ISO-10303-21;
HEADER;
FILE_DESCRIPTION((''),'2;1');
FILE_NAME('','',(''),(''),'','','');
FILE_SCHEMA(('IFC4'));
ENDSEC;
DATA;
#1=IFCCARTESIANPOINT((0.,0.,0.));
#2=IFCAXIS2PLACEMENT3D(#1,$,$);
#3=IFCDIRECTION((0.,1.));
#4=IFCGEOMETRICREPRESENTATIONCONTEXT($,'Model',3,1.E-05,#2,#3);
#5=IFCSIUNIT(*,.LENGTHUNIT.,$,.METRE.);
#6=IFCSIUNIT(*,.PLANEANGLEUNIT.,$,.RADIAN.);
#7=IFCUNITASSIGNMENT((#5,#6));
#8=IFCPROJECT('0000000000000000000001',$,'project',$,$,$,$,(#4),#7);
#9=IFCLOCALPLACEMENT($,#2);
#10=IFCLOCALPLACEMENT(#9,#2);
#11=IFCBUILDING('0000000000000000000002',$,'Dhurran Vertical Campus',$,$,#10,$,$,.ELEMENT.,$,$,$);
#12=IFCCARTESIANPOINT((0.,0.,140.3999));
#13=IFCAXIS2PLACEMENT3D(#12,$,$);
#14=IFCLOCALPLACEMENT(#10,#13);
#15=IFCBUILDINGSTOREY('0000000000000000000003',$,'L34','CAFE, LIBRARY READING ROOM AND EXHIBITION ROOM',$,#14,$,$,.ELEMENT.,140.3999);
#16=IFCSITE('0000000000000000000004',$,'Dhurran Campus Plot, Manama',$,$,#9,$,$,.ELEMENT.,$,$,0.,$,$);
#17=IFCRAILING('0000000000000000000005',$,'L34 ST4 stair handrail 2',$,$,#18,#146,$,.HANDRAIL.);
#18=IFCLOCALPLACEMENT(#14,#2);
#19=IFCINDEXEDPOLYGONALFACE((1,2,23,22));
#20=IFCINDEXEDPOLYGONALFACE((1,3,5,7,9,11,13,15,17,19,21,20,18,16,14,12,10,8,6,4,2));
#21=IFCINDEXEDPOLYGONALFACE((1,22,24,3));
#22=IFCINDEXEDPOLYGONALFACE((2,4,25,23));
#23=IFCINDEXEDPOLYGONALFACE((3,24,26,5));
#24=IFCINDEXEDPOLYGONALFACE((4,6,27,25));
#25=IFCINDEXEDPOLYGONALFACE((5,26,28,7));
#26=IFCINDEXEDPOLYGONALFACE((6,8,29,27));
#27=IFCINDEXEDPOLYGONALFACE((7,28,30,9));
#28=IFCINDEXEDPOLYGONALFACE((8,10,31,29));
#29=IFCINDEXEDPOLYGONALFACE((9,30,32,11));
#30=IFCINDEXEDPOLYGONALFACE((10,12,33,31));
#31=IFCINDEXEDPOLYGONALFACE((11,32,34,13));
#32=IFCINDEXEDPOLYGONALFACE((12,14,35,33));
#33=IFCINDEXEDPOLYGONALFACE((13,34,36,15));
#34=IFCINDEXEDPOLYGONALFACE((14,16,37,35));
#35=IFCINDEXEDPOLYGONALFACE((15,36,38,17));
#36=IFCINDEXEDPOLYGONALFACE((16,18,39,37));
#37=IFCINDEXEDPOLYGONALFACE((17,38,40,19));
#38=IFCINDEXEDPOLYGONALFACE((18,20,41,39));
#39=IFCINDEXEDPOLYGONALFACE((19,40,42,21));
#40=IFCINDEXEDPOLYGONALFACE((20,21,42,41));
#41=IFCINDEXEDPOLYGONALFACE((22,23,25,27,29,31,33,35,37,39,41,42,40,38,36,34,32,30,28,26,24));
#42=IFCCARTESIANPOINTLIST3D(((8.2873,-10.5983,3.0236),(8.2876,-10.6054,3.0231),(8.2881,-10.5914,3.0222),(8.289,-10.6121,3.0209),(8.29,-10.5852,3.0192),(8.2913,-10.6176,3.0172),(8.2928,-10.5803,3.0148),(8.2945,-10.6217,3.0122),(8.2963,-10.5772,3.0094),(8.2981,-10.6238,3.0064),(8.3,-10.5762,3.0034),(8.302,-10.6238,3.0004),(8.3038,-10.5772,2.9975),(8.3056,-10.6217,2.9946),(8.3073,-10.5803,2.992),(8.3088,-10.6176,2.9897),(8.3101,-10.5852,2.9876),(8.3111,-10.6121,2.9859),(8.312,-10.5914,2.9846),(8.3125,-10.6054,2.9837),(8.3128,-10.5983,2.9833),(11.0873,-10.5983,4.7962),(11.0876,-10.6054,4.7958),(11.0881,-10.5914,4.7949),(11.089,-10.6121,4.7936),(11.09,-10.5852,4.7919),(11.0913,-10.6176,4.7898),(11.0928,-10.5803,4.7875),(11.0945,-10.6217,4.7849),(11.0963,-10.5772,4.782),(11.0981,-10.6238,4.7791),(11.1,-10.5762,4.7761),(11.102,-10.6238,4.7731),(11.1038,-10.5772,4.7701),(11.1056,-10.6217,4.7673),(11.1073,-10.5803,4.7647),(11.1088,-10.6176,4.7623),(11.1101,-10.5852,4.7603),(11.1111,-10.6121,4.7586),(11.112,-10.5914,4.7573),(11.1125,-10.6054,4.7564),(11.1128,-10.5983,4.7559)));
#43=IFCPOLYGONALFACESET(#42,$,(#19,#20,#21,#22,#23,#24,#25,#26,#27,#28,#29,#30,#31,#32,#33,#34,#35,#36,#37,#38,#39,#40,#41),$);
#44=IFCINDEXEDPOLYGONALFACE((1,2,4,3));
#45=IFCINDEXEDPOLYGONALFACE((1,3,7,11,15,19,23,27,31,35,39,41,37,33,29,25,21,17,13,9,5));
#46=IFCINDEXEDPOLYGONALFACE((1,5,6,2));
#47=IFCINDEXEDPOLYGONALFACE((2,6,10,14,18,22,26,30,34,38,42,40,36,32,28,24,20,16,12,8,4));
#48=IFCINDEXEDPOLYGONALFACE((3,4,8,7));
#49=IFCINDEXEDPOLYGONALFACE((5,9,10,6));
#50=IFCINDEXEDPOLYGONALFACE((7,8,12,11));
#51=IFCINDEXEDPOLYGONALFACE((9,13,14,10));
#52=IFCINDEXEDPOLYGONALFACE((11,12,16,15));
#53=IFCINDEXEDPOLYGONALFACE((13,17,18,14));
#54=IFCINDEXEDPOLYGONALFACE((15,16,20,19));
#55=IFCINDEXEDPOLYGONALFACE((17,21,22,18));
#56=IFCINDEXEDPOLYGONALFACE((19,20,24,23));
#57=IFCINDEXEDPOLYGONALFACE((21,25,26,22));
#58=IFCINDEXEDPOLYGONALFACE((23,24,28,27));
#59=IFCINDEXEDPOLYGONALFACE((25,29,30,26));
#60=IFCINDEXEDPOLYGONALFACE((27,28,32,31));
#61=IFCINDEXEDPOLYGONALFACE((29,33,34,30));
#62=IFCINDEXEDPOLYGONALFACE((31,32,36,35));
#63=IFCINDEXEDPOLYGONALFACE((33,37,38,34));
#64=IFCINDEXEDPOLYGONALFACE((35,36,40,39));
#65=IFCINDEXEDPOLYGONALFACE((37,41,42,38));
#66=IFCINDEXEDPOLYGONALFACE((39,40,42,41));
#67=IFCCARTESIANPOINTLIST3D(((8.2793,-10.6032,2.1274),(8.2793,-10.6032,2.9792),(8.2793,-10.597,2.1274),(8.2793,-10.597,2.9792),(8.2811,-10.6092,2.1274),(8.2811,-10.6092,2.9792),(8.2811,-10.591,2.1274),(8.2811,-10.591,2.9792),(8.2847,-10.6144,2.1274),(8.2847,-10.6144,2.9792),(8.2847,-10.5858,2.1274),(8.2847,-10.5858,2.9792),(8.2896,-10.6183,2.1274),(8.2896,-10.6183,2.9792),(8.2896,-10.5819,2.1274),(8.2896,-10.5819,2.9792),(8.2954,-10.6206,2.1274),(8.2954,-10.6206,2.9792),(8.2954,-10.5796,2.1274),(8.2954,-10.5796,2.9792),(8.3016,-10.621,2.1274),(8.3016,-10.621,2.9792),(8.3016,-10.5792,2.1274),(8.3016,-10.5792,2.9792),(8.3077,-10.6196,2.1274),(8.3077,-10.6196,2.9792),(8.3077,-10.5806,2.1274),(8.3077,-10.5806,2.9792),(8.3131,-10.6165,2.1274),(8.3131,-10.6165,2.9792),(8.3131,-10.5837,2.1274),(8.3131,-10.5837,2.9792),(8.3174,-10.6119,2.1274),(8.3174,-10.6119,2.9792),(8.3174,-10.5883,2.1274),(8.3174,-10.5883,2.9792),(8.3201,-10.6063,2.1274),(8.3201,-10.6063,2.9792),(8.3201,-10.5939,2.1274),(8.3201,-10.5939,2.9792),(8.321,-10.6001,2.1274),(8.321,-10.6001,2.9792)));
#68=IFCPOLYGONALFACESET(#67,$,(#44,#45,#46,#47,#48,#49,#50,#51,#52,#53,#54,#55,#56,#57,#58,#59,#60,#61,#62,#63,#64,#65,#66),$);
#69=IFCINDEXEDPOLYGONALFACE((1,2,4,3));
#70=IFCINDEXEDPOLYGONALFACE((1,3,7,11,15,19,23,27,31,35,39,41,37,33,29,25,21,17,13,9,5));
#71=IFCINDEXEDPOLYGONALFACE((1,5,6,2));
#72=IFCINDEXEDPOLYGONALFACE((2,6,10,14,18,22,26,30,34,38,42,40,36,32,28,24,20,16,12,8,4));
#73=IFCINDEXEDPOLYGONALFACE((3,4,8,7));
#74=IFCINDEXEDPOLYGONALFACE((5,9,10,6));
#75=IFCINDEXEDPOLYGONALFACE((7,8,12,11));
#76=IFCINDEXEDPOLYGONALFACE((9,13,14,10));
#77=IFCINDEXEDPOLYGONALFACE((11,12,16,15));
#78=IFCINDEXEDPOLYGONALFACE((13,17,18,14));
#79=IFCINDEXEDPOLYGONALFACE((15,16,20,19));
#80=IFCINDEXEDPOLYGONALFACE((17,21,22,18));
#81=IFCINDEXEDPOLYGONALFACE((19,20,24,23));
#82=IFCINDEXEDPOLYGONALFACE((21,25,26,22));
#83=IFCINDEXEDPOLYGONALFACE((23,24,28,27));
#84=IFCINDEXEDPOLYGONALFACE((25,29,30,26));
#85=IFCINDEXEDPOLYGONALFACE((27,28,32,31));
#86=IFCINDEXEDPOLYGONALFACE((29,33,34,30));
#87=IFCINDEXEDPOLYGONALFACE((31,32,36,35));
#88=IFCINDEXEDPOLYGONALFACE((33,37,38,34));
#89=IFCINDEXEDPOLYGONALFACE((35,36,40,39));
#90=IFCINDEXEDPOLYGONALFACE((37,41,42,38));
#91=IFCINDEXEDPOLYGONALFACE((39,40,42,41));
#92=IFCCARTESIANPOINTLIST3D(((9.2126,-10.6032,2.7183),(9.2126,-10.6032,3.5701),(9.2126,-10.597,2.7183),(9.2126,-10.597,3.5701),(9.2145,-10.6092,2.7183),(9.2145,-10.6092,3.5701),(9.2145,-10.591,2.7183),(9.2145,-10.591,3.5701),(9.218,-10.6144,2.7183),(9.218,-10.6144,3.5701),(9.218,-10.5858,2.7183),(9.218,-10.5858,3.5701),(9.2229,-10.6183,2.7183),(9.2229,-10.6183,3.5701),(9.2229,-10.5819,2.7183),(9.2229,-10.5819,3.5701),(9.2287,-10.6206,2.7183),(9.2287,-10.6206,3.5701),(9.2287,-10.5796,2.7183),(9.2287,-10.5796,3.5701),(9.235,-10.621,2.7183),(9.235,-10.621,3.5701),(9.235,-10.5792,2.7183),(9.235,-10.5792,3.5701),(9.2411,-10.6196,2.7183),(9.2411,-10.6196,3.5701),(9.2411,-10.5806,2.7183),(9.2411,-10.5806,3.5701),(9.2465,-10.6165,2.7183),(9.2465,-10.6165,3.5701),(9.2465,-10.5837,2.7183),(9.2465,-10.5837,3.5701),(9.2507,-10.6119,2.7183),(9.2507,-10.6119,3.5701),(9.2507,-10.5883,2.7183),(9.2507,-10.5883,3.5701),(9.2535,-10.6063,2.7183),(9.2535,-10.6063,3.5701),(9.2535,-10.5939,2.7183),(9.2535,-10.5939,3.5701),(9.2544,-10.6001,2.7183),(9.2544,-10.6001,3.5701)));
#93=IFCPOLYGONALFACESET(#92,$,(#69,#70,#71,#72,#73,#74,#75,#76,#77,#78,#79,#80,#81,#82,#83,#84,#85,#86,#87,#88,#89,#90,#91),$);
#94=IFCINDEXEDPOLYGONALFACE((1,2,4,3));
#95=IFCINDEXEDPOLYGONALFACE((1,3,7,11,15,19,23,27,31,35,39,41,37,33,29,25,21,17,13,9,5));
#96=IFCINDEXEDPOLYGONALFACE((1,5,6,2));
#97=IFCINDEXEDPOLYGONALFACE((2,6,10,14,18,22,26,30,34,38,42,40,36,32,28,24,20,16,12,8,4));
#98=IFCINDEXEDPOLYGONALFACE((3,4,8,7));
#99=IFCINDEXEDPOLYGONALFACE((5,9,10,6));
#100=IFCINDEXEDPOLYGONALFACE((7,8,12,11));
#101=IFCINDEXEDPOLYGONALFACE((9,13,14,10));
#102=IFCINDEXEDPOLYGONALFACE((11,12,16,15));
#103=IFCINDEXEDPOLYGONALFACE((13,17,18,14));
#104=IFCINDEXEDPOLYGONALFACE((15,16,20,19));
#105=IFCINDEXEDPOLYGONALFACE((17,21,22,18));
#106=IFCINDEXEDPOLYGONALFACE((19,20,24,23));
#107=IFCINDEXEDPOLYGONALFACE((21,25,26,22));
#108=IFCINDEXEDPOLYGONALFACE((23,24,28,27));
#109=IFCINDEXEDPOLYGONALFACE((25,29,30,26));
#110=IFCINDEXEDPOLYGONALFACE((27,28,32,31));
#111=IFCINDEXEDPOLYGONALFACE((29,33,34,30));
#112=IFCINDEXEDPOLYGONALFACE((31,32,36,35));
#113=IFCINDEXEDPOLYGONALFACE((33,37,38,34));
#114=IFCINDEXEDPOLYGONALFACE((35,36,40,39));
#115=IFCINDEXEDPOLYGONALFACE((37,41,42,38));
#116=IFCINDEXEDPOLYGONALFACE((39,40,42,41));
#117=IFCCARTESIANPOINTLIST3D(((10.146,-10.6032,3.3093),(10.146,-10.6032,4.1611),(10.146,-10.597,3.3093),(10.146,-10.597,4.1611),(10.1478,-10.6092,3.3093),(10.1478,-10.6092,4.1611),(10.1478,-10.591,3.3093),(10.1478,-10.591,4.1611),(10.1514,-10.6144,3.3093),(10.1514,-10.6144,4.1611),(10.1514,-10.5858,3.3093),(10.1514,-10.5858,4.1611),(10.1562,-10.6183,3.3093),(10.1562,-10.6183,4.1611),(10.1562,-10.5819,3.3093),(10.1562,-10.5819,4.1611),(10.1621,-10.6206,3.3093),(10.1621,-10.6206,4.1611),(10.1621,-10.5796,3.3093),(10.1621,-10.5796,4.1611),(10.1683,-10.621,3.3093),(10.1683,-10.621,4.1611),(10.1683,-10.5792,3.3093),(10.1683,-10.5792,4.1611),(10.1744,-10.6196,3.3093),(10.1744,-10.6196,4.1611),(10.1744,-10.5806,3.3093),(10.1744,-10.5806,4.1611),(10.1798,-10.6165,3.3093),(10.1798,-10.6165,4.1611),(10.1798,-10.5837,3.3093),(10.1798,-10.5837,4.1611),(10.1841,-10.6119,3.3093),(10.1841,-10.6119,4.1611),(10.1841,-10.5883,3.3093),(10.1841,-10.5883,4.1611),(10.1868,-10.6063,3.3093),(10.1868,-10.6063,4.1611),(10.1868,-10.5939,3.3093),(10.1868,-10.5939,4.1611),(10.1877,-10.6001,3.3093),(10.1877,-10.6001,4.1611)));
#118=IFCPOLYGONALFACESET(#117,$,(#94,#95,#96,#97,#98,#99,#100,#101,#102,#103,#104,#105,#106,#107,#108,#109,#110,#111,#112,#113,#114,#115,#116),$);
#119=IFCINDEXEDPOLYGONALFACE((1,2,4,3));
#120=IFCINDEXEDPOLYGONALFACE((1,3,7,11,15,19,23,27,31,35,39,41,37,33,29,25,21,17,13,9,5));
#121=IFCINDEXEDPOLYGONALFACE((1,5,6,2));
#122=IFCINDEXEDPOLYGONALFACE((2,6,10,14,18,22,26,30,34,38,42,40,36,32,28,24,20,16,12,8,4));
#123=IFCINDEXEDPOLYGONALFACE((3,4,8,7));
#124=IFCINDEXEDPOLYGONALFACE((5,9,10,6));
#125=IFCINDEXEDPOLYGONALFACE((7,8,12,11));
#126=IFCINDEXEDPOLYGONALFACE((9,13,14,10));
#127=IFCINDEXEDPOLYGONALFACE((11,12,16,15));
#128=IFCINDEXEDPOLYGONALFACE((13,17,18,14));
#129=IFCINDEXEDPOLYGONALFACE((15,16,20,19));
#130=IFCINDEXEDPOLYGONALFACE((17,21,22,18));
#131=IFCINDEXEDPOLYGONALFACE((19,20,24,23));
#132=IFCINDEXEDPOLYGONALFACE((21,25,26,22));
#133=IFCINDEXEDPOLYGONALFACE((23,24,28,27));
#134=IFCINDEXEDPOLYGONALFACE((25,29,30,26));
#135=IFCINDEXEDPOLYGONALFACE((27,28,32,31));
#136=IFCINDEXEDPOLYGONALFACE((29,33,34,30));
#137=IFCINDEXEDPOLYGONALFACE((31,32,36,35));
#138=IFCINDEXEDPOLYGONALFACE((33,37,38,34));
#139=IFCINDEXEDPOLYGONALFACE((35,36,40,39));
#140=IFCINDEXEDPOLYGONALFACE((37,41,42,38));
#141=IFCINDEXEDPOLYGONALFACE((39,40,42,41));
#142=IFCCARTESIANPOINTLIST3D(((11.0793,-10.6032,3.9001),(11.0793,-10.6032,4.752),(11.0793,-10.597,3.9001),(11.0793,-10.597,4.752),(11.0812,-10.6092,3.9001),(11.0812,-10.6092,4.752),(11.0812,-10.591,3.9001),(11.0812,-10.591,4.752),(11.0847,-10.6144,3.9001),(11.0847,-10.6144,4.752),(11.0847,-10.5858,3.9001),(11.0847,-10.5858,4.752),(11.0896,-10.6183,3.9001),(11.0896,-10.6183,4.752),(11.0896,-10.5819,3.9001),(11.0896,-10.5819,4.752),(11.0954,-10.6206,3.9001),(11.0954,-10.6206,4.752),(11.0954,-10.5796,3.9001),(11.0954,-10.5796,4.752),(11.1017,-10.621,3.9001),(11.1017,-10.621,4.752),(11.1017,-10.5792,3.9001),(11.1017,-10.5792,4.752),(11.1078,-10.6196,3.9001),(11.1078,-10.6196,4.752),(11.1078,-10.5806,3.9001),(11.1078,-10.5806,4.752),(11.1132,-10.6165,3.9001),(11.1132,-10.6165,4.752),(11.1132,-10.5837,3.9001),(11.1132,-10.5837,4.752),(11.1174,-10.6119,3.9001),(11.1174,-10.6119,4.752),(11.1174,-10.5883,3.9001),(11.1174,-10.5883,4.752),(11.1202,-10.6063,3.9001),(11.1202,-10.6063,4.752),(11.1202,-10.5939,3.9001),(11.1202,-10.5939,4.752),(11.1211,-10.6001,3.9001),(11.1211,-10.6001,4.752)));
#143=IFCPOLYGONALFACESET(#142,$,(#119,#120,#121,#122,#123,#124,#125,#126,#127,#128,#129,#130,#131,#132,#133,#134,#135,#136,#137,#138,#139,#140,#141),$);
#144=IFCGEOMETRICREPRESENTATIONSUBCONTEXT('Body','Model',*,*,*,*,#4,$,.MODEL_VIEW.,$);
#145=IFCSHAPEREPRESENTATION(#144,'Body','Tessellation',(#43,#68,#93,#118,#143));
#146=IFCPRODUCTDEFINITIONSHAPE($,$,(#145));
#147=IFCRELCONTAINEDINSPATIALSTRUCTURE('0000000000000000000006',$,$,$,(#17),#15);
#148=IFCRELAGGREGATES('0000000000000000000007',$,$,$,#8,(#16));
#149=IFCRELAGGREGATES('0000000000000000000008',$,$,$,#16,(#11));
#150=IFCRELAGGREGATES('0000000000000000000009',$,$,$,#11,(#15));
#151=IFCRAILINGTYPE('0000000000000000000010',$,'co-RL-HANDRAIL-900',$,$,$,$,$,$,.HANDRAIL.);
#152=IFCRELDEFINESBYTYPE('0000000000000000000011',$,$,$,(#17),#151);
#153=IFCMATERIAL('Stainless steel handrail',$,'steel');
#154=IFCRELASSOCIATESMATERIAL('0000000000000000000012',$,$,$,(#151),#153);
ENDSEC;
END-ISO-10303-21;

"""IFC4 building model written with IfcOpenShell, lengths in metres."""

from ifc_helpers import new_model, si_unit, direction, frame, origin, origin_2d, place, context, subcontext, project, spatial, circle, extrude, material, type_object, element, save


model = new_model("IFC4")

# Units and contexts
model_context = context("Model", 3, precision=1e-05, world=origin(), true_north=direction((0.0, 1.0)))
body_context = subcontext(model_context, "Body", "Model", "MODEL_VIEW")
ifc_project = project(units=[si_unit("LENGTHUNIT", "METRE"), si_unit("PLANEANGLEUNIT", "RADIAN")], contexts=[model_context])

# Site, building, storey
site_placement = place(None, origin())
site = spatial("IfcSite", under=ifc_project, at=site_placement, Name="Dhurran Campus Plot, Manama", CompositionType="ELEMENT", RefElevation=0.0)
building_placement = place(site_placement, origin())
building = spatial("IfcBuilding", under=site, at=building_placement, Name="Dhurran Vertical Campus", CompositionType="ELEMENT")
storey_placement = place(building_placement, frame((0.0, 0.0, 140.3999)))
storey = spatial("IfcBuildingStorey", under=building, at=storey_placement, Name="L34", Description="CAFE, LIBRARY READING ROOM AND EXHIBITION ROOM", CompositionType="ELEMENT", Elevation=140.3999)

# Railing
ifc_material_1 = material(Name="Stainless steel handrail", Category="steel")
railing_type_1 = type_object("IfcRailingType", Name="co-RL-HANDRAIL-900", PredefinedType="HANDRAIL", material=ifc_material_1)
railing_1_placement = place(storey_placement, frame((8.3, -10.6001, 2.1274)))
element("IfcRailing", 1, at=railing_1_placement, inside=storey, type_object=railing_type_1, Name="L34 ST4 stair handrail 2", PredefinedType="HANDRAIL", context=body_context, shape_type="SweptSolid", body=[
    extrude(circle(Radius=0.0239, at=origin_2d()), frame((0.0, 0.0, 0.876), z_axis=(0.844909, 0.0, 0.53491), x_axis=(0.0, 1.0, 0.0)), (0.0, 0.0, 1.0), 3.314),
    extrude(circle(Radius=0.021, at=origin_2d()), origin(), (0.0, 0.0, 1.0), 0.8518),
    extrude(circle(Radius=0.021, at=origin_2d()), frame((0.9333, 0.0, 0.5908)), (0.0, 0.0, 1.0), 0.8518),
    extrude(circle(Radius=0.021, at=origin_2d()), frame((1.8667, 0.0, 1.1819)), (0.0, 0.0, 1.0), 0.8518),
    extrude(circle(Radius=0.021, at=origin_2d()), frame((2.8, 0.0, 1.7727)), (0.0, 0.0, 1.0), 0.8518),
])

save(model, "model.ifc")
